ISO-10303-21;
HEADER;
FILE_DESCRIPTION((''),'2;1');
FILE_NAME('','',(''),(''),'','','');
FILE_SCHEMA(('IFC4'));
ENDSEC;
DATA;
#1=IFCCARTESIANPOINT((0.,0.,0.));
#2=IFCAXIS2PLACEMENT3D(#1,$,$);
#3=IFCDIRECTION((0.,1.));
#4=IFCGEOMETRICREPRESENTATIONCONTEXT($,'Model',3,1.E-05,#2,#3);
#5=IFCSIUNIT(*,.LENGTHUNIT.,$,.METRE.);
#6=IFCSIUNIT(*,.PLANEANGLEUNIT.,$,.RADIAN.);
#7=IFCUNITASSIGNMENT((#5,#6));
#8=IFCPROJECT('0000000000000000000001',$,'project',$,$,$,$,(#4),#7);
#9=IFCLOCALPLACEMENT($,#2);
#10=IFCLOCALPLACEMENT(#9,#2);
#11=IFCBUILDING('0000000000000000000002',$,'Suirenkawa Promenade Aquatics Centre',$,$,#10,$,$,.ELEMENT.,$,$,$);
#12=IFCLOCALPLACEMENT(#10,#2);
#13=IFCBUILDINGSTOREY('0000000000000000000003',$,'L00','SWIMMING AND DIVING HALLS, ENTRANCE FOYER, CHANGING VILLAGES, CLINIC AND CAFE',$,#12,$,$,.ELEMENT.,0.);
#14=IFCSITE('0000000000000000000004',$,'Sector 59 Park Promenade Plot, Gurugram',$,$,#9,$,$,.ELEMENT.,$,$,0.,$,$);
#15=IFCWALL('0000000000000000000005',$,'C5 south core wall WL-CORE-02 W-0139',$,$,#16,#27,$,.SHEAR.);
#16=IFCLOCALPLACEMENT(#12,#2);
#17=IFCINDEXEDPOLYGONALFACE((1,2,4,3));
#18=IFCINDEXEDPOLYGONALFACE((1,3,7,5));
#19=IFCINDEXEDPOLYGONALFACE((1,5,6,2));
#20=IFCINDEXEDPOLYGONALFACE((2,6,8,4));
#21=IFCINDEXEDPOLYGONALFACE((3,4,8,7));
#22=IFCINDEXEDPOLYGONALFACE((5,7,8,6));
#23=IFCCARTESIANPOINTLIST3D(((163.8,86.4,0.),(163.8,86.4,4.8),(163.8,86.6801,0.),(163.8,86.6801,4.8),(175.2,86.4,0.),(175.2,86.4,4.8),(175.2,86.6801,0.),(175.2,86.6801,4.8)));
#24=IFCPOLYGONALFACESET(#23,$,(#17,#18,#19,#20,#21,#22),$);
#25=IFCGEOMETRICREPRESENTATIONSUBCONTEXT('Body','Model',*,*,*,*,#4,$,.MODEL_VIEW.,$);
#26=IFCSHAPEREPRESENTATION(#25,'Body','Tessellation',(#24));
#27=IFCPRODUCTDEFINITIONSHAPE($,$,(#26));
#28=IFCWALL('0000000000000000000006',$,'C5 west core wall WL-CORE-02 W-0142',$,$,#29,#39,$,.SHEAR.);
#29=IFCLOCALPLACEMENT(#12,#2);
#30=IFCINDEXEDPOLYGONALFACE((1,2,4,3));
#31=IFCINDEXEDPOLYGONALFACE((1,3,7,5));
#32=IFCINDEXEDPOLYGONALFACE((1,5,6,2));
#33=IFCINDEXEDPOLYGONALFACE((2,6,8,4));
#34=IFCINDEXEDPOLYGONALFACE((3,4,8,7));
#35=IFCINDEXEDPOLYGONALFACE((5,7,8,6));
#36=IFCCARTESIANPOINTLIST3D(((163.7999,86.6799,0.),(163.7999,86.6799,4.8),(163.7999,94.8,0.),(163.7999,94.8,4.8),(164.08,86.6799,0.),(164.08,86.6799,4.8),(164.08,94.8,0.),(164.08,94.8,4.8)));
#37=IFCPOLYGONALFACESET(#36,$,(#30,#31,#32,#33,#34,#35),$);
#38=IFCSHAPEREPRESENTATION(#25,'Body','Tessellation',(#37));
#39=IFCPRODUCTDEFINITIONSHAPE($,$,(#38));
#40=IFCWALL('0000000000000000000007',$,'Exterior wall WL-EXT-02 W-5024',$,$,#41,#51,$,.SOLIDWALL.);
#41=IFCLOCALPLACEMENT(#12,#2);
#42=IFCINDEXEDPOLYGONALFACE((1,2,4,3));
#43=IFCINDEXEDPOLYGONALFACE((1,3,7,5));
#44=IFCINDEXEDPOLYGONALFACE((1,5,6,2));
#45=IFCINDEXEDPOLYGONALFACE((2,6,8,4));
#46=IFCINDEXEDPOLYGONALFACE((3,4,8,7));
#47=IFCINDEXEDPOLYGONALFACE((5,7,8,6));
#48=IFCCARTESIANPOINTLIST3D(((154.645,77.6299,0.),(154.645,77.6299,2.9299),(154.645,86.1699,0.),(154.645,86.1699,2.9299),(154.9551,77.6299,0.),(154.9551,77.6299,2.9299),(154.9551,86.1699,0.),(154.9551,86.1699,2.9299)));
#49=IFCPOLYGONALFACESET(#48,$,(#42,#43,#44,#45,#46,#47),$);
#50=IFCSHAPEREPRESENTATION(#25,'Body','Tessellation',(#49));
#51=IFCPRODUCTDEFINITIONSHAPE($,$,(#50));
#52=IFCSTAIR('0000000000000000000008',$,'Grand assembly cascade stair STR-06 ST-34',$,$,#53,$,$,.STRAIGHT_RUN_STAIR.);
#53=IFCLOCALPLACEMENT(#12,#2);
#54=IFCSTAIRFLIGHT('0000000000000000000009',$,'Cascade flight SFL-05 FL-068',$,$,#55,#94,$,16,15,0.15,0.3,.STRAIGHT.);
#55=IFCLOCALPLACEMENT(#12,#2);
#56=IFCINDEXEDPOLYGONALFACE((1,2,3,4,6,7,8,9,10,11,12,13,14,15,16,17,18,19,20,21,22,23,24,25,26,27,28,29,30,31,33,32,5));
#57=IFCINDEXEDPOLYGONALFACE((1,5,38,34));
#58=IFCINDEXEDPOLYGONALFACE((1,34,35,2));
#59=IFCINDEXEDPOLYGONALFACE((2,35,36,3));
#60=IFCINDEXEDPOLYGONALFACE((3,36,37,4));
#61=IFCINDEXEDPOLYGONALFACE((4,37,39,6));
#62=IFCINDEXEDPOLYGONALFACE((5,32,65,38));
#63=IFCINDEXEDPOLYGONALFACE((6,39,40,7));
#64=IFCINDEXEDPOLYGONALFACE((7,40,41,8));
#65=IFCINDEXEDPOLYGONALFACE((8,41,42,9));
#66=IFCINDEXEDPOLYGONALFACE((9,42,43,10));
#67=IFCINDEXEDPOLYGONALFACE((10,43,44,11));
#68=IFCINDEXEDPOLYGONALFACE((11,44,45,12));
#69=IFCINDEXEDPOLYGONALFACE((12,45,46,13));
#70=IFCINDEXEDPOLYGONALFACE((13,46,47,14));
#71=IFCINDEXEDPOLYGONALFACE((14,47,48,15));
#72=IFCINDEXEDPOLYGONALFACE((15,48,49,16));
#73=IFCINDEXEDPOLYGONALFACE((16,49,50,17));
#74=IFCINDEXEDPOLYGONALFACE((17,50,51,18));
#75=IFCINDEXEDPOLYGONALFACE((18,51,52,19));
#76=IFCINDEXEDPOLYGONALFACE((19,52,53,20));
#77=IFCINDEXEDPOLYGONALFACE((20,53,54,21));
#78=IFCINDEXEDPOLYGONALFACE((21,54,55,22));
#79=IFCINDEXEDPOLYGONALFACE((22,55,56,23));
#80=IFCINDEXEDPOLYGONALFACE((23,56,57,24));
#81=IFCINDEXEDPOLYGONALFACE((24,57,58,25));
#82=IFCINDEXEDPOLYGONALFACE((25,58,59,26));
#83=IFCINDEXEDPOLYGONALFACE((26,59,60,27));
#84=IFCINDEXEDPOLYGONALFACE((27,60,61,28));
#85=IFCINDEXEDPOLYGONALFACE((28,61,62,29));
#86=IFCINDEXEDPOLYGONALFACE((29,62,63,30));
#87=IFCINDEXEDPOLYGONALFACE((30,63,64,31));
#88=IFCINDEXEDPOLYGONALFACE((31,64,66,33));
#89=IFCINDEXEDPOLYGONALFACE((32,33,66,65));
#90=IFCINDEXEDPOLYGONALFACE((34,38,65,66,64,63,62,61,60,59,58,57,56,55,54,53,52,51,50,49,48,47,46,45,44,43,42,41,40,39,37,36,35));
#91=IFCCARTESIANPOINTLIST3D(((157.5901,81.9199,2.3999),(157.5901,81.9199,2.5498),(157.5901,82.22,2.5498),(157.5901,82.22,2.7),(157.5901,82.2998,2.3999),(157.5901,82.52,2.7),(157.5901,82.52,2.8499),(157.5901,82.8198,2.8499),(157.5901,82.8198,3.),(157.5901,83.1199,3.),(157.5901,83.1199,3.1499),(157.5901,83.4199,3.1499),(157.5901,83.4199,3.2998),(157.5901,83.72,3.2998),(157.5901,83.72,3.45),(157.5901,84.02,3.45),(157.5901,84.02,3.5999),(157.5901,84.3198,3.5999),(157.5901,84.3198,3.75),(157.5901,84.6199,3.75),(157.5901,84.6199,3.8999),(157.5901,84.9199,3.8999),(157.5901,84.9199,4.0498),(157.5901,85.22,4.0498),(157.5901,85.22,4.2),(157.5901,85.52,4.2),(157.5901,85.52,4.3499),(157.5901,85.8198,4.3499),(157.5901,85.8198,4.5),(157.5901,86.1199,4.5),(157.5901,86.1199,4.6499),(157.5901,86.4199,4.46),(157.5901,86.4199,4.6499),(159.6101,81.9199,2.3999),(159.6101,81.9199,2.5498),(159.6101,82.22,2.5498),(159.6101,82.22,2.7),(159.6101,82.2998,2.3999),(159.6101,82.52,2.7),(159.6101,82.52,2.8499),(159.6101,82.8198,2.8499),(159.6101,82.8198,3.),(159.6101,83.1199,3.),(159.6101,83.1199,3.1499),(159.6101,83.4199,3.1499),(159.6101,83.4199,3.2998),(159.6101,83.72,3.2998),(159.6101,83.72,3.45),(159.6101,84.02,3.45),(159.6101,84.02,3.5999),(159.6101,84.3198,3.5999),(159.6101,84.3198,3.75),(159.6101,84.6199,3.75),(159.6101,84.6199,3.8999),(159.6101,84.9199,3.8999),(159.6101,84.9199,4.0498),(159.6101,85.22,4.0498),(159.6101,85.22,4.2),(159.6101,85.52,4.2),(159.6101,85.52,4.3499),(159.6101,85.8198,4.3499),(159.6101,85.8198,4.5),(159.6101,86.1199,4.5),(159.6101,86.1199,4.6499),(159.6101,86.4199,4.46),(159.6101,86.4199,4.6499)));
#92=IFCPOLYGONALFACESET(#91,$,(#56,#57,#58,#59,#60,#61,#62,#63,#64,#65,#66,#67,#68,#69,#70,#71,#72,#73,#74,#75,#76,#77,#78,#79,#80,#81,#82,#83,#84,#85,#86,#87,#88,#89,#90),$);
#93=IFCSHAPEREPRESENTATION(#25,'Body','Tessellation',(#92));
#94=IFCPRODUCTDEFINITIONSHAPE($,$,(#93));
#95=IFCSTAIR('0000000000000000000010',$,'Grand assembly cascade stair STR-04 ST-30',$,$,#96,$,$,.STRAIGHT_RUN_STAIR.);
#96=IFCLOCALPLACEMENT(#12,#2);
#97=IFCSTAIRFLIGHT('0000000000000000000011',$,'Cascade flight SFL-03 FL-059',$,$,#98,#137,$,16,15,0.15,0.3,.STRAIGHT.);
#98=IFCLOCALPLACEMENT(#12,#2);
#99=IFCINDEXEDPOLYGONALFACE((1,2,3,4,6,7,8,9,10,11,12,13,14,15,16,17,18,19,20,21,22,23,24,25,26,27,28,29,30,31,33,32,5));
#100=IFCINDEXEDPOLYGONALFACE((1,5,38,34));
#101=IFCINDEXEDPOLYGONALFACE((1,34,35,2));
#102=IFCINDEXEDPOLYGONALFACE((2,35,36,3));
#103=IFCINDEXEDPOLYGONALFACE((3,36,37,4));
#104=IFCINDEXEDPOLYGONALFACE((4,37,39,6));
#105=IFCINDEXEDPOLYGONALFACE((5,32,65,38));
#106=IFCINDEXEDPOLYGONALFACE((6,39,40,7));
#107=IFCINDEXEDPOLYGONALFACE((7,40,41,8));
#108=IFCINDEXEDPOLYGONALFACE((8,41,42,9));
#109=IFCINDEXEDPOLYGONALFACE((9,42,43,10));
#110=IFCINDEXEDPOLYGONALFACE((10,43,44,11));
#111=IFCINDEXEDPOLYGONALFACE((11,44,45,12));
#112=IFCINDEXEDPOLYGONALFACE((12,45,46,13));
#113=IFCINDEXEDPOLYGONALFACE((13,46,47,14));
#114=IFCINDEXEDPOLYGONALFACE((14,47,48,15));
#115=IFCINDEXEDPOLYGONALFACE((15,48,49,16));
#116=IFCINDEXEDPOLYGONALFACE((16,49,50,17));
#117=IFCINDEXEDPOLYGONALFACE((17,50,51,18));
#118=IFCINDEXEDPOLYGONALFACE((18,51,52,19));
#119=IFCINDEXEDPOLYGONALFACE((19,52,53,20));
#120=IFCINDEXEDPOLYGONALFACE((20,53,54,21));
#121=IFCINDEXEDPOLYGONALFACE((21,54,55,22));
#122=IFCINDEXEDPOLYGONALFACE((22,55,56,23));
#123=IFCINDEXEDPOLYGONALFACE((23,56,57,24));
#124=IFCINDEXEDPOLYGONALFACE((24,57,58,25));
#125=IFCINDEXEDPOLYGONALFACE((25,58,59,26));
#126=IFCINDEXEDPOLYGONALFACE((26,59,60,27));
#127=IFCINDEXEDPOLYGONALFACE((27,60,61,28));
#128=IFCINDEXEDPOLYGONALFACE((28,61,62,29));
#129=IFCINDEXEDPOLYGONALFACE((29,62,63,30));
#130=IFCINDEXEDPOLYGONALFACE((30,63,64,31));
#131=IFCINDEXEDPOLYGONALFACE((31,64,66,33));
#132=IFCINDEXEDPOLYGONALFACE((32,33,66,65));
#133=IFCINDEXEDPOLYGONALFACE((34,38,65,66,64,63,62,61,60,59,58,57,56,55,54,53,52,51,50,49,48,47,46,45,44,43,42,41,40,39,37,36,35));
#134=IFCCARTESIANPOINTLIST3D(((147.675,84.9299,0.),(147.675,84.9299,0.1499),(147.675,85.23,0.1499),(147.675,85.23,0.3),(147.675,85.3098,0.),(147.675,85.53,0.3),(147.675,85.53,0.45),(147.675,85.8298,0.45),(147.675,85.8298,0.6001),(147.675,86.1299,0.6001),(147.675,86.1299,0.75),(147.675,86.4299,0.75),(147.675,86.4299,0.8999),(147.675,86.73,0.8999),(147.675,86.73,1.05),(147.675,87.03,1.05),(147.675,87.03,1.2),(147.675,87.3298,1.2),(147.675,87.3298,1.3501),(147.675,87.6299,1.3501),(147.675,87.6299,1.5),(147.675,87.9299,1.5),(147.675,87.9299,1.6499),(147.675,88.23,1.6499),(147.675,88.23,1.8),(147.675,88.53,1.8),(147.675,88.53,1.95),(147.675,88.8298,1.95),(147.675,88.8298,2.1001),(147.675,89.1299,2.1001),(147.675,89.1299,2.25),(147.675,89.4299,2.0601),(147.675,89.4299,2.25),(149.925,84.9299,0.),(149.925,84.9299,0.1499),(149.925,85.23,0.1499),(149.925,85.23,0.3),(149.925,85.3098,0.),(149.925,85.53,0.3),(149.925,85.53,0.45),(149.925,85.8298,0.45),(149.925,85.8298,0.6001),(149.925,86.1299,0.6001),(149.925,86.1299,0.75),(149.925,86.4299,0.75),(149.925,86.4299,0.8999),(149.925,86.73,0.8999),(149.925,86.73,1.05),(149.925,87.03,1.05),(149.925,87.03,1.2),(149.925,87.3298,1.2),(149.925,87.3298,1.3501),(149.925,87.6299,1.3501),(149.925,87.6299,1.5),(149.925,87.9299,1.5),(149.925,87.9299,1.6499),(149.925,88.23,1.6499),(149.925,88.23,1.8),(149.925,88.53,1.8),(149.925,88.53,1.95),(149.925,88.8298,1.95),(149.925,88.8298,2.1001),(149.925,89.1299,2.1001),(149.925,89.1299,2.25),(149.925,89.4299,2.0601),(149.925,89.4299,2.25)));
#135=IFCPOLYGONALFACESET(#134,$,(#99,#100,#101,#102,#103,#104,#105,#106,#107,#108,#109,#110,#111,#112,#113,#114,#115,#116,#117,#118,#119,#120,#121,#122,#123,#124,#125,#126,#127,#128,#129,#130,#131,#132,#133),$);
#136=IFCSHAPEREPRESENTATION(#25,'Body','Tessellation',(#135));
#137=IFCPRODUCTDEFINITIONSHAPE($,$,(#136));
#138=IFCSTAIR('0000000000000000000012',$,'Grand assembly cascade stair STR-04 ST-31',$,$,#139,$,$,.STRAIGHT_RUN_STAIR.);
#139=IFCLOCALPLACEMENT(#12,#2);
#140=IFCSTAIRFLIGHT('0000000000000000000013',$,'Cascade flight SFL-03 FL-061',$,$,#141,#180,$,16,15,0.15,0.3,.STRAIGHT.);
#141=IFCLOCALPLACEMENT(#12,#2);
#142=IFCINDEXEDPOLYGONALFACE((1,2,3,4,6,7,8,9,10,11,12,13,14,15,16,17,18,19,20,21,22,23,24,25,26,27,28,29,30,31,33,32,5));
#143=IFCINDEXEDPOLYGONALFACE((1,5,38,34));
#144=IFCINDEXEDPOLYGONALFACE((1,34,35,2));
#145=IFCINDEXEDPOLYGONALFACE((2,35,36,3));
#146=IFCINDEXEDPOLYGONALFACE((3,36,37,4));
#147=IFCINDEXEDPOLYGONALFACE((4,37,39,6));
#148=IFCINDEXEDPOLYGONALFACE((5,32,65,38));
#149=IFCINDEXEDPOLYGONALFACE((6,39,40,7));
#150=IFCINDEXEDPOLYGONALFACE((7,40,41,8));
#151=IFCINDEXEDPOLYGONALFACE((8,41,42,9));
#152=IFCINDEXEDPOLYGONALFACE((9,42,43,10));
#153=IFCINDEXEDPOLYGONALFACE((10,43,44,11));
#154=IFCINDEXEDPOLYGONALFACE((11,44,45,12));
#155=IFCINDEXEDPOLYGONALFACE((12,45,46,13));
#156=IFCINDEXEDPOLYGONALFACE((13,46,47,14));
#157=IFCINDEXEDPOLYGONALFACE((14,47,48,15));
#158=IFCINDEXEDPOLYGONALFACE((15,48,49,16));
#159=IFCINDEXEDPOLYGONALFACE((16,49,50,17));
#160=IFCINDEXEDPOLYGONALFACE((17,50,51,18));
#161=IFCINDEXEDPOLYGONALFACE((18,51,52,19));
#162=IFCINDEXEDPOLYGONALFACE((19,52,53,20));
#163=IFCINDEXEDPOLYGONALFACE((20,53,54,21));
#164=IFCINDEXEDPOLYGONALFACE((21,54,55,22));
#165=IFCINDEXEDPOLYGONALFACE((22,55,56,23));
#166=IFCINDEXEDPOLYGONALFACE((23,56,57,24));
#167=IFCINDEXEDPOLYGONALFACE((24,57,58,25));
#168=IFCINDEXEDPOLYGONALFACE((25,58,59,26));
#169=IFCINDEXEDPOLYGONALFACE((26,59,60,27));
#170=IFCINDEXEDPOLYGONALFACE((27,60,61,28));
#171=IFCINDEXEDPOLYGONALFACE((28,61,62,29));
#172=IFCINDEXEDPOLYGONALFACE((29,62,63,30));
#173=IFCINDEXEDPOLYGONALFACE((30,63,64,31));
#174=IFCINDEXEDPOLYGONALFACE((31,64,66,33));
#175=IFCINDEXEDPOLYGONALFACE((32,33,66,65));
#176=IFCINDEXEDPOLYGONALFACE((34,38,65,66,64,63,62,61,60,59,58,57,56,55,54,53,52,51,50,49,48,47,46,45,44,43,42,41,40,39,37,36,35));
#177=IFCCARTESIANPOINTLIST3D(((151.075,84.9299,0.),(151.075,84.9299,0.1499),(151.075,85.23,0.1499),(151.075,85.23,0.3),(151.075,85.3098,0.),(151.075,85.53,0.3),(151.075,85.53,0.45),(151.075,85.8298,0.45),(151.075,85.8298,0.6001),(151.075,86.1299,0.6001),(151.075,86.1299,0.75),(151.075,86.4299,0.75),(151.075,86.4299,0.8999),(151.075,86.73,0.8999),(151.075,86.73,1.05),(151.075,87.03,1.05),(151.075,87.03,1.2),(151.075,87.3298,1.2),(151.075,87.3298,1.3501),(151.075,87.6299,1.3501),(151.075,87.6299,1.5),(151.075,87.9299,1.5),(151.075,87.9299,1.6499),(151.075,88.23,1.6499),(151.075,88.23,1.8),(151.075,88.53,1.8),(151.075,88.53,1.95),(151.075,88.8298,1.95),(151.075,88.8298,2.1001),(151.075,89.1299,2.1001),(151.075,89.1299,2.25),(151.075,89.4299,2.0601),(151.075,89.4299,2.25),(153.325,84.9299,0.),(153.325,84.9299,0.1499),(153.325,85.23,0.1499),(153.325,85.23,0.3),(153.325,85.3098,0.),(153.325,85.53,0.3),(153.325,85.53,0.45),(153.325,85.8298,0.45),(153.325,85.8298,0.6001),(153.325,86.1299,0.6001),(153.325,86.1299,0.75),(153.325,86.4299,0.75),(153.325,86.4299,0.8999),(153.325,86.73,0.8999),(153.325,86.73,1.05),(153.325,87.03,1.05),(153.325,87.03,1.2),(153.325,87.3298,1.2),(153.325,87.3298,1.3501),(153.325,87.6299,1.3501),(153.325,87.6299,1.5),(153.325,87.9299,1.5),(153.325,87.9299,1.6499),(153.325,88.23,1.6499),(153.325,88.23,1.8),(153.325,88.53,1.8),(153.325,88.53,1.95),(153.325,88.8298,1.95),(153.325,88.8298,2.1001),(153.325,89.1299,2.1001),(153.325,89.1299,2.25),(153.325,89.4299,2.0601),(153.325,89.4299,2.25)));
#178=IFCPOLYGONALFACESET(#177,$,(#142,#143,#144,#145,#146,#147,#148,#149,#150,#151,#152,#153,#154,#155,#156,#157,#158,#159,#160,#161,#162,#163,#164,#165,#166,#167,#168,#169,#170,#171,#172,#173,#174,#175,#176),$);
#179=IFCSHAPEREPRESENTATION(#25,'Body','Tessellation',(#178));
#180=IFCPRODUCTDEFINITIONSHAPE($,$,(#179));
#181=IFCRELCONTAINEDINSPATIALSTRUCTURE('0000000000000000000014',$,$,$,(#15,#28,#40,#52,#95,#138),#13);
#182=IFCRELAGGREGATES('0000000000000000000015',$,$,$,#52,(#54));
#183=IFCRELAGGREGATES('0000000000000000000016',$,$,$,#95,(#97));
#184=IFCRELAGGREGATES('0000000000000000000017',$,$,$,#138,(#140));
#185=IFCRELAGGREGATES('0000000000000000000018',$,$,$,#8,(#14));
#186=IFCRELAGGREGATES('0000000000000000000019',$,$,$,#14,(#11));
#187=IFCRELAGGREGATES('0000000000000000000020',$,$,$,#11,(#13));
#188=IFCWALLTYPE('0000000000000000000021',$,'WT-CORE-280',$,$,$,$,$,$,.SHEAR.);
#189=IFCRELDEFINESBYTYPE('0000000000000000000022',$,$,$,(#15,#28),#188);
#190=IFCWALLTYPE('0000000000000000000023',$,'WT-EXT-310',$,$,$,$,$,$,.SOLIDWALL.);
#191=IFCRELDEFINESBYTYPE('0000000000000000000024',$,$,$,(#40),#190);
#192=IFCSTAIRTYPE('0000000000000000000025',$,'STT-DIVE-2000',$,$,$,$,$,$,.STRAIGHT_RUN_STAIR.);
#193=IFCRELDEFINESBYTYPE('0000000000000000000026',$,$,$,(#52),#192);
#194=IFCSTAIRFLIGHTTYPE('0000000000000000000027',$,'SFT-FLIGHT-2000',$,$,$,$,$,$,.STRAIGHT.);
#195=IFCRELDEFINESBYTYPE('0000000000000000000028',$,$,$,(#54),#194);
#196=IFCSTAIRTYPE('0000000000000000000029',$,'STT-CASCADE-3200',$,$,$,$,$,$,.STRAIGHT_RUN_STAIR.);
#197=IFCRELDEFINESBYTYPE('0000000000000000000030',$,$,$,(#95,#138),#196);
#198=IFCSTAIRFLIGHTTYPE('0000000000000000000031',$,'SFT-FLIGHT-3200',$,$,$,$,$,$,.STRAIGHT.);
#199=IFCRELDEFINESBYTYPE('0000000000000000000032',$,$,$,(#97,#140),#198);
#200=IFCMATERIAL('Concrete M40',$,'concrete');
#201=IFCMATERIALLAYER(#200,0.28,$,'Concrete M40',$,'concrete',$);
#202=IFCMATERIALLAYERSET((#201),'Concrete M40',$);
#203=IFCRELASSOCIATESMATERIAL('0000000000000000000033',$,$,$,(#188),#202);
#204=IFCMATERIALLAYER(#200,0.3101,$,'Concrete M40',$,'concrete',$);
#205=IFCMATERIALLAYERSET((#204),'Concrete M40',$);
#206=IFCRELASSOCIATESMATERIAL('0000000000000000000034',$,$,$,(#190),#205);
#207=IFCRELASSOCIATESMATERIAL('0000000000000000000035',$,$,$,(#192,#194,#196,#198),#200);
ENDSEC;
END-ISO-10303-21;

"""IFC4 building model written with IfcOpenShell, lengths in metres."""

from ifc_helpers import new_model, si_unit, direction, frame, frame_2d, origin, place, context, subcontext, project, spatial, polyline, rectangle, outline, extrude, material, layer, layer_set, type_object, element, aggregate, save


model = new_model("IFC4")

# Units and contexts
model_context = context("Model", 3, precision=1e-05, world=origin(), true_north=direction((0.0, 1.0)))
body_context = subcontext(model_context, "Body", "Model", "MODEL_VIEW")
ifc_project = project(units=[si_unit("LENGTHUNIT", "METRE"), si_unit("PLANEANGLEUNIT", "RADIAN")], contexts=[model_context])

# Site, building, storey
site_placement = place(None, origin())
site = spatial("IfcSite", under=ifc_project, at=site_placement, Name="Sector 59 Park Promenade Plot, Gurugram", CompositionType="ELEMENT", RefElevation=0.0)
building_placement = place(site_placement, origin())
building = spatial("IfcBuilding", under=site, at=building_placement, Name="Suirenkawa Promenade Aquatics Centre", CompositionType="ELEMENT")
storey_placement = place(building_placement, origin())
storey = spatial("IfcBuildingStorey", under=building, at=storey_placement, Name="L00", Description="SWIMMING AND DIVING HALLS, ENTRANCE FOYER, CHANGING VILLAGES, CLINIC AND CAFE", CompositionType="ELEMENT", Elevation=0.0)

# Shared definitions
ifc_material_1 = material(Name="Concrete M40", Category="concrete")

# Walls
ifc_layer_1 = layer(ifc_material_1, 0.28, Name="Concrete M40", Category="concrete")
ifc_layer_set_1 = layer_set([ifc_layer_1], Name="Concrete M40")
wall_type_1 = type_object("IfcWallType", Name="WT-CORE-280", PredefinedType="SHEAR", material=ifc_layer_set_1)
wall_1_placement = place(storey_placement, frame((163.8, 86.54, 0.0), z_axis=(0.0, 0.0, 1.0), x_axis=(1.0, 0.0, 0.0)))
element("IfcWall", 1, at=wall_1_placement, inside=storey, type_object=wall_type_1, Name="C5 south core wall WL-CORE-02 W-0139", PredefinedType="SHEAR", context=body_context, shape_type="SweptSolid", body=[
    extrude(rectangle(XDim=11.3999, YDim=0.28, at=frame_2d((5.7, 0.0))), origin(), (0.0, 0.0, 1.0), 4.8),
])
wall_2_placement = place(storey_placement, frame((163.9399, 86.6799, 0.0), z_axis=(0.0, 0.0, 1.0), x_axis=(0.0, 1.0, 0.0)))
element("IfcWall", 2, at=wall_2_placement, inside=storey, type_object=wall_type_1, Name="C5 west core wall WL-CORE-02 W-0142", PredefinedType="SHEAR", context=body_context, shape_type="SweptSolid", body=[
    extrude(rectangle(XDim=8.1201, YDim=0.28, at=frame_2d((4.0601, 0.0))), origin(), (0.0, 0.0, 1.0), 4.8),
])
ifc_layer_2 = layer(ifc_material_1, 0.3101, Name="Concrete M40", Category="concrete")
ifc_layer_set_2 = layer_set([ifc_layer_2], Name="Concrete M40")
wall_type_2 = type_object("IfcWallType", Name="WT-EXT-310", PredefinedType="SOLIDWALL", material=ifc_layer_set_2)
wall_3_placement = place(storey_placement, frame((154.8, 86.1699, 0.0), z_axis=(0.0, 0.0, 1.0), x_axis=(0.0, -1.0, 0.0)))
element("IfcWall", 3, at=wall_3_placement, inside=storey, type_object=wall_type_2, Name="Exterior wall WL-EXT-02 W-5024", PredefinedType="SOLIDWALL", context=body_context, shape_type="SweptSolid", body=[
    extrude(rectangle(XDim=8.54, YDim=0.3101, at=frame_2d((4.27, 0.0))), origin(), (0.0, 0.0, 1.0), 2.9299),
])

# Stairs, stair flights
stair_type_1 = type_object("IfcStairType", Name="STT-DIVE-2000", PredefinedType="STRAIGHT_RUN_STAIR", material=ifc_material_1)
stair_1_placement = place(storey_placement, origin())
stair_1 = element("IfcStair", 4, at=stair_1_placement, inside=storey, type_object=stair_type_1, Name="Grand assembly cascade stair STR-06 ST-34", PredefinedType="STRAIGHT_RUN_STAIR")
stair_flight_type_1 = type_object("IfcStairFlightType", Name="SFT-FLIGHT-2000", PredefinedType="STRAIGHT", material=ifc_material_1)
stair_flight_1_placement = place(storey_placement, frame((158.6001, 81.9199, 2.3999), z_axis=(0.0, 0.0, 1.0), x_axis=(0.0, 1.0, 0.0)))
stair_flight_1 = element("IfcStairFlight", 5, at=stair_flight_1_placement, type_object=stair_flight_type_1, Name="Cascade flight SFL-05 FL-068", NumberOfRisers=16, NumberOfTreads=15, PredefinedType="STRAIGHT", RiserHeight=0.15, TreadLength=0.3, context=body_context, shape_type="SweptSolid", body=[
    extrude(outline(polyline([(0.0, 0.0), (0.0, 0.1499), (0.3, 0.1499), (0.3, 0.3), (0.6001, 0.3), (0.6001, 0.45), (0.8999, 0.45), (0.8999, 0.6001), (1.2, 0.6001), (1.2, 0.75), (1.5, 0.75), (1.5, 0.8999), (1.8, 0.8999), (1.8, 1.05), (2.1001, 1.05), (2.1001, 1.2), (2.3999, 1.2), (2.3999, 1.3501), (2.7, 1.3501), (2.7, 1.5), (3.0, 1.5), (3.0, 1.6499), (3.3, 1.6499), (3.3, 1.8), (3.6001, 1.8), (3.6001, 1.95), (3.8999, 1.95), (3.8999, 2.1001), (4.2, 2.1001), (4.2, 2.25), (4.5, 2.25), (4.5, 2.3999), (4.5, 2.0601), (0.3799, 0.0), (0.0, 0.0)])), frame((0.0, 1.01, 0.0), z_axis=(0.0, -1.0, 0.0), x_axis=(1.0, 0.0, 0.0)), (0.0, 0.0, 1.0), 2.02),
])
aggregate(stair_1, [stair_flight_1])
stair_type_2 = type_object("IfcStairType", Name="STT-CASCADE-3200", PredefinedType="STRAIGHT_RUN_STAIR", material=ifc_material_1)
stair_2_placement = place(storey_placement, origin())
stair_2 = element("IfcStair", 6, at=stair_2_placement, inside=storey, type_object=stair_type_2, Name="Grand assembly cascade stair STR-04 ST-30", PredefinedType="STRAIGHT_RUN_STAIR")
stair_flight_type_2 = type_object("IfcStairFlightType", Name="SFT-FLIGHT-3200", PredefinedType="STRAIGHT", material=ifc_material_1)
stair_flight_2_placement = place(storey_placement, frame((148.8, 84.9299, 0.0), z_axis=(0.0, 0.0, 1.0), x_axis=(0.0, 1.0, 0.0)))
stair_flight_2 = element("IfcStairFlight", 7, at=stair_flight_2_placement, type_object=stair_flight_type_2, Name="Cascade flight SFL-03 FL-059", NumberOfRisers=16, NumberOfTreads=15, PredefinedType="STRAIGHT", RiserHeight=0.15, TreadLength=0.3, context=body_context, shape_type="SweptSolid", body=[
    extrude(outline(polyline([(0.0, 0.0), (0.0, 0.1499), (0.3, 0.1499), (0.3, 0.3), (0.6001, 0.3), (0.6001, 0.45), (0.8999, 0.45), (0.8999, 0.6001), (1.2, 0.6001), (1.2, 0.75), (1.5, 0.75), (1.5, 0.8999), (1.8, 0.8999), (1.8, 1.05), (2.1001, 1.05), (2.1001, 1.2), (2.3999, 1.2), (2.3999, 1.3501), (2.7, 1.3501), (2.7, 1.5), (3.0, 1.5), (3.0, 1.6499), (3.3, 1.6499), (3.3, 1.8), (3.6001, 1.8), (3.6001, 1.95), (3.8999, 1.95), (3.8999, 2.1001), (4.2, 2.1001), (4.2, 2.25), (4.5, 2.25), (4.5, 2.3999), (4.5, 2.0601), (0.3799, 0.0), (0.0, 0.0)])), frame((0.0, 1.125, 0.0), z_axis=(0.0, -1.0, 0.0), x_axis=(1.0, 0.0, 0.0)), (0.0, 0.0, 1.0), 2.25),
])
aggregate(stair_2, [stair_flight_2])
stair_3_placement = place(storey_placement, origin())
stair_3 = element("IfcStair", 8, at=stair_3_placement, inside=storey, type_object=stair_type_2, Name="Grand assembly cascade stair STR-04 ST-31", PredefinedType="STRAIGHT_RUN_STAIR")
stair_flight_3_placement = place(storey_placement, frame((152.2, 84.9299, 0.0), z_axis=(0.0, 0.0, 1.0), x_axis=(0.0, 1.0, 0.0)))
stair_flight_3 = element("IfcStairFlight", 9, at=stair_flight_3_placement, type_object=stair_flight_type_2, Name="Cascade flight SFL-03 FL-061", NumberOfRisers=16, NumberOfTreads=15, PredefinedType="STRAIGHT", RiserHeight=0.15, TreadLength=0.3, context=body_context, shape_type="SweptSolid", body=[
    extrude(outline(polyline([(0.0, 0.0), (0.0, 0.1499), (0.3, 0.1499), (0.3, 0.3), (0.6001, 0.3), (0.6001, 0.45), (0.8999, 0.45), (0.8999, 0.6001), (1.2, 0.6001), (1.2, 0.75), (1.5, 0.75), (1.5, 0.8999), (1.8, 0.8999), (1.8, 1.05), (2.1001, 1.05), (2.1001, 1.2), (2.3999, 1.2), (2.3999, 1.3501), (2.7, 1.3501), (2.7, 1.5), (3.0, 1.5), (3.0, 1.6499), (3.3, 1.6499), (3.3, 1.8), (3.6001, 1.8), (3.6001, 1.95), (3.8999, 1.95), (3.8999, 2.1001), (4.2, 2.1001), (4.2, 2.25), (4.5, 2.25), (4.5, 2.3999), (4.5, 2.0601), (0.3799, 0.0), (0.0, 0.0)])), frame((0.0, 1.125, 0.0), z_axis=(0.0, -1.0, 0.0), x_axis=(1.0, 0.0, 0.0)), (0.0, 0.0, 1.0), 2.25),
])
aggregate(stair_3, [stair_flight_3])

save(model, "model.ifc")
